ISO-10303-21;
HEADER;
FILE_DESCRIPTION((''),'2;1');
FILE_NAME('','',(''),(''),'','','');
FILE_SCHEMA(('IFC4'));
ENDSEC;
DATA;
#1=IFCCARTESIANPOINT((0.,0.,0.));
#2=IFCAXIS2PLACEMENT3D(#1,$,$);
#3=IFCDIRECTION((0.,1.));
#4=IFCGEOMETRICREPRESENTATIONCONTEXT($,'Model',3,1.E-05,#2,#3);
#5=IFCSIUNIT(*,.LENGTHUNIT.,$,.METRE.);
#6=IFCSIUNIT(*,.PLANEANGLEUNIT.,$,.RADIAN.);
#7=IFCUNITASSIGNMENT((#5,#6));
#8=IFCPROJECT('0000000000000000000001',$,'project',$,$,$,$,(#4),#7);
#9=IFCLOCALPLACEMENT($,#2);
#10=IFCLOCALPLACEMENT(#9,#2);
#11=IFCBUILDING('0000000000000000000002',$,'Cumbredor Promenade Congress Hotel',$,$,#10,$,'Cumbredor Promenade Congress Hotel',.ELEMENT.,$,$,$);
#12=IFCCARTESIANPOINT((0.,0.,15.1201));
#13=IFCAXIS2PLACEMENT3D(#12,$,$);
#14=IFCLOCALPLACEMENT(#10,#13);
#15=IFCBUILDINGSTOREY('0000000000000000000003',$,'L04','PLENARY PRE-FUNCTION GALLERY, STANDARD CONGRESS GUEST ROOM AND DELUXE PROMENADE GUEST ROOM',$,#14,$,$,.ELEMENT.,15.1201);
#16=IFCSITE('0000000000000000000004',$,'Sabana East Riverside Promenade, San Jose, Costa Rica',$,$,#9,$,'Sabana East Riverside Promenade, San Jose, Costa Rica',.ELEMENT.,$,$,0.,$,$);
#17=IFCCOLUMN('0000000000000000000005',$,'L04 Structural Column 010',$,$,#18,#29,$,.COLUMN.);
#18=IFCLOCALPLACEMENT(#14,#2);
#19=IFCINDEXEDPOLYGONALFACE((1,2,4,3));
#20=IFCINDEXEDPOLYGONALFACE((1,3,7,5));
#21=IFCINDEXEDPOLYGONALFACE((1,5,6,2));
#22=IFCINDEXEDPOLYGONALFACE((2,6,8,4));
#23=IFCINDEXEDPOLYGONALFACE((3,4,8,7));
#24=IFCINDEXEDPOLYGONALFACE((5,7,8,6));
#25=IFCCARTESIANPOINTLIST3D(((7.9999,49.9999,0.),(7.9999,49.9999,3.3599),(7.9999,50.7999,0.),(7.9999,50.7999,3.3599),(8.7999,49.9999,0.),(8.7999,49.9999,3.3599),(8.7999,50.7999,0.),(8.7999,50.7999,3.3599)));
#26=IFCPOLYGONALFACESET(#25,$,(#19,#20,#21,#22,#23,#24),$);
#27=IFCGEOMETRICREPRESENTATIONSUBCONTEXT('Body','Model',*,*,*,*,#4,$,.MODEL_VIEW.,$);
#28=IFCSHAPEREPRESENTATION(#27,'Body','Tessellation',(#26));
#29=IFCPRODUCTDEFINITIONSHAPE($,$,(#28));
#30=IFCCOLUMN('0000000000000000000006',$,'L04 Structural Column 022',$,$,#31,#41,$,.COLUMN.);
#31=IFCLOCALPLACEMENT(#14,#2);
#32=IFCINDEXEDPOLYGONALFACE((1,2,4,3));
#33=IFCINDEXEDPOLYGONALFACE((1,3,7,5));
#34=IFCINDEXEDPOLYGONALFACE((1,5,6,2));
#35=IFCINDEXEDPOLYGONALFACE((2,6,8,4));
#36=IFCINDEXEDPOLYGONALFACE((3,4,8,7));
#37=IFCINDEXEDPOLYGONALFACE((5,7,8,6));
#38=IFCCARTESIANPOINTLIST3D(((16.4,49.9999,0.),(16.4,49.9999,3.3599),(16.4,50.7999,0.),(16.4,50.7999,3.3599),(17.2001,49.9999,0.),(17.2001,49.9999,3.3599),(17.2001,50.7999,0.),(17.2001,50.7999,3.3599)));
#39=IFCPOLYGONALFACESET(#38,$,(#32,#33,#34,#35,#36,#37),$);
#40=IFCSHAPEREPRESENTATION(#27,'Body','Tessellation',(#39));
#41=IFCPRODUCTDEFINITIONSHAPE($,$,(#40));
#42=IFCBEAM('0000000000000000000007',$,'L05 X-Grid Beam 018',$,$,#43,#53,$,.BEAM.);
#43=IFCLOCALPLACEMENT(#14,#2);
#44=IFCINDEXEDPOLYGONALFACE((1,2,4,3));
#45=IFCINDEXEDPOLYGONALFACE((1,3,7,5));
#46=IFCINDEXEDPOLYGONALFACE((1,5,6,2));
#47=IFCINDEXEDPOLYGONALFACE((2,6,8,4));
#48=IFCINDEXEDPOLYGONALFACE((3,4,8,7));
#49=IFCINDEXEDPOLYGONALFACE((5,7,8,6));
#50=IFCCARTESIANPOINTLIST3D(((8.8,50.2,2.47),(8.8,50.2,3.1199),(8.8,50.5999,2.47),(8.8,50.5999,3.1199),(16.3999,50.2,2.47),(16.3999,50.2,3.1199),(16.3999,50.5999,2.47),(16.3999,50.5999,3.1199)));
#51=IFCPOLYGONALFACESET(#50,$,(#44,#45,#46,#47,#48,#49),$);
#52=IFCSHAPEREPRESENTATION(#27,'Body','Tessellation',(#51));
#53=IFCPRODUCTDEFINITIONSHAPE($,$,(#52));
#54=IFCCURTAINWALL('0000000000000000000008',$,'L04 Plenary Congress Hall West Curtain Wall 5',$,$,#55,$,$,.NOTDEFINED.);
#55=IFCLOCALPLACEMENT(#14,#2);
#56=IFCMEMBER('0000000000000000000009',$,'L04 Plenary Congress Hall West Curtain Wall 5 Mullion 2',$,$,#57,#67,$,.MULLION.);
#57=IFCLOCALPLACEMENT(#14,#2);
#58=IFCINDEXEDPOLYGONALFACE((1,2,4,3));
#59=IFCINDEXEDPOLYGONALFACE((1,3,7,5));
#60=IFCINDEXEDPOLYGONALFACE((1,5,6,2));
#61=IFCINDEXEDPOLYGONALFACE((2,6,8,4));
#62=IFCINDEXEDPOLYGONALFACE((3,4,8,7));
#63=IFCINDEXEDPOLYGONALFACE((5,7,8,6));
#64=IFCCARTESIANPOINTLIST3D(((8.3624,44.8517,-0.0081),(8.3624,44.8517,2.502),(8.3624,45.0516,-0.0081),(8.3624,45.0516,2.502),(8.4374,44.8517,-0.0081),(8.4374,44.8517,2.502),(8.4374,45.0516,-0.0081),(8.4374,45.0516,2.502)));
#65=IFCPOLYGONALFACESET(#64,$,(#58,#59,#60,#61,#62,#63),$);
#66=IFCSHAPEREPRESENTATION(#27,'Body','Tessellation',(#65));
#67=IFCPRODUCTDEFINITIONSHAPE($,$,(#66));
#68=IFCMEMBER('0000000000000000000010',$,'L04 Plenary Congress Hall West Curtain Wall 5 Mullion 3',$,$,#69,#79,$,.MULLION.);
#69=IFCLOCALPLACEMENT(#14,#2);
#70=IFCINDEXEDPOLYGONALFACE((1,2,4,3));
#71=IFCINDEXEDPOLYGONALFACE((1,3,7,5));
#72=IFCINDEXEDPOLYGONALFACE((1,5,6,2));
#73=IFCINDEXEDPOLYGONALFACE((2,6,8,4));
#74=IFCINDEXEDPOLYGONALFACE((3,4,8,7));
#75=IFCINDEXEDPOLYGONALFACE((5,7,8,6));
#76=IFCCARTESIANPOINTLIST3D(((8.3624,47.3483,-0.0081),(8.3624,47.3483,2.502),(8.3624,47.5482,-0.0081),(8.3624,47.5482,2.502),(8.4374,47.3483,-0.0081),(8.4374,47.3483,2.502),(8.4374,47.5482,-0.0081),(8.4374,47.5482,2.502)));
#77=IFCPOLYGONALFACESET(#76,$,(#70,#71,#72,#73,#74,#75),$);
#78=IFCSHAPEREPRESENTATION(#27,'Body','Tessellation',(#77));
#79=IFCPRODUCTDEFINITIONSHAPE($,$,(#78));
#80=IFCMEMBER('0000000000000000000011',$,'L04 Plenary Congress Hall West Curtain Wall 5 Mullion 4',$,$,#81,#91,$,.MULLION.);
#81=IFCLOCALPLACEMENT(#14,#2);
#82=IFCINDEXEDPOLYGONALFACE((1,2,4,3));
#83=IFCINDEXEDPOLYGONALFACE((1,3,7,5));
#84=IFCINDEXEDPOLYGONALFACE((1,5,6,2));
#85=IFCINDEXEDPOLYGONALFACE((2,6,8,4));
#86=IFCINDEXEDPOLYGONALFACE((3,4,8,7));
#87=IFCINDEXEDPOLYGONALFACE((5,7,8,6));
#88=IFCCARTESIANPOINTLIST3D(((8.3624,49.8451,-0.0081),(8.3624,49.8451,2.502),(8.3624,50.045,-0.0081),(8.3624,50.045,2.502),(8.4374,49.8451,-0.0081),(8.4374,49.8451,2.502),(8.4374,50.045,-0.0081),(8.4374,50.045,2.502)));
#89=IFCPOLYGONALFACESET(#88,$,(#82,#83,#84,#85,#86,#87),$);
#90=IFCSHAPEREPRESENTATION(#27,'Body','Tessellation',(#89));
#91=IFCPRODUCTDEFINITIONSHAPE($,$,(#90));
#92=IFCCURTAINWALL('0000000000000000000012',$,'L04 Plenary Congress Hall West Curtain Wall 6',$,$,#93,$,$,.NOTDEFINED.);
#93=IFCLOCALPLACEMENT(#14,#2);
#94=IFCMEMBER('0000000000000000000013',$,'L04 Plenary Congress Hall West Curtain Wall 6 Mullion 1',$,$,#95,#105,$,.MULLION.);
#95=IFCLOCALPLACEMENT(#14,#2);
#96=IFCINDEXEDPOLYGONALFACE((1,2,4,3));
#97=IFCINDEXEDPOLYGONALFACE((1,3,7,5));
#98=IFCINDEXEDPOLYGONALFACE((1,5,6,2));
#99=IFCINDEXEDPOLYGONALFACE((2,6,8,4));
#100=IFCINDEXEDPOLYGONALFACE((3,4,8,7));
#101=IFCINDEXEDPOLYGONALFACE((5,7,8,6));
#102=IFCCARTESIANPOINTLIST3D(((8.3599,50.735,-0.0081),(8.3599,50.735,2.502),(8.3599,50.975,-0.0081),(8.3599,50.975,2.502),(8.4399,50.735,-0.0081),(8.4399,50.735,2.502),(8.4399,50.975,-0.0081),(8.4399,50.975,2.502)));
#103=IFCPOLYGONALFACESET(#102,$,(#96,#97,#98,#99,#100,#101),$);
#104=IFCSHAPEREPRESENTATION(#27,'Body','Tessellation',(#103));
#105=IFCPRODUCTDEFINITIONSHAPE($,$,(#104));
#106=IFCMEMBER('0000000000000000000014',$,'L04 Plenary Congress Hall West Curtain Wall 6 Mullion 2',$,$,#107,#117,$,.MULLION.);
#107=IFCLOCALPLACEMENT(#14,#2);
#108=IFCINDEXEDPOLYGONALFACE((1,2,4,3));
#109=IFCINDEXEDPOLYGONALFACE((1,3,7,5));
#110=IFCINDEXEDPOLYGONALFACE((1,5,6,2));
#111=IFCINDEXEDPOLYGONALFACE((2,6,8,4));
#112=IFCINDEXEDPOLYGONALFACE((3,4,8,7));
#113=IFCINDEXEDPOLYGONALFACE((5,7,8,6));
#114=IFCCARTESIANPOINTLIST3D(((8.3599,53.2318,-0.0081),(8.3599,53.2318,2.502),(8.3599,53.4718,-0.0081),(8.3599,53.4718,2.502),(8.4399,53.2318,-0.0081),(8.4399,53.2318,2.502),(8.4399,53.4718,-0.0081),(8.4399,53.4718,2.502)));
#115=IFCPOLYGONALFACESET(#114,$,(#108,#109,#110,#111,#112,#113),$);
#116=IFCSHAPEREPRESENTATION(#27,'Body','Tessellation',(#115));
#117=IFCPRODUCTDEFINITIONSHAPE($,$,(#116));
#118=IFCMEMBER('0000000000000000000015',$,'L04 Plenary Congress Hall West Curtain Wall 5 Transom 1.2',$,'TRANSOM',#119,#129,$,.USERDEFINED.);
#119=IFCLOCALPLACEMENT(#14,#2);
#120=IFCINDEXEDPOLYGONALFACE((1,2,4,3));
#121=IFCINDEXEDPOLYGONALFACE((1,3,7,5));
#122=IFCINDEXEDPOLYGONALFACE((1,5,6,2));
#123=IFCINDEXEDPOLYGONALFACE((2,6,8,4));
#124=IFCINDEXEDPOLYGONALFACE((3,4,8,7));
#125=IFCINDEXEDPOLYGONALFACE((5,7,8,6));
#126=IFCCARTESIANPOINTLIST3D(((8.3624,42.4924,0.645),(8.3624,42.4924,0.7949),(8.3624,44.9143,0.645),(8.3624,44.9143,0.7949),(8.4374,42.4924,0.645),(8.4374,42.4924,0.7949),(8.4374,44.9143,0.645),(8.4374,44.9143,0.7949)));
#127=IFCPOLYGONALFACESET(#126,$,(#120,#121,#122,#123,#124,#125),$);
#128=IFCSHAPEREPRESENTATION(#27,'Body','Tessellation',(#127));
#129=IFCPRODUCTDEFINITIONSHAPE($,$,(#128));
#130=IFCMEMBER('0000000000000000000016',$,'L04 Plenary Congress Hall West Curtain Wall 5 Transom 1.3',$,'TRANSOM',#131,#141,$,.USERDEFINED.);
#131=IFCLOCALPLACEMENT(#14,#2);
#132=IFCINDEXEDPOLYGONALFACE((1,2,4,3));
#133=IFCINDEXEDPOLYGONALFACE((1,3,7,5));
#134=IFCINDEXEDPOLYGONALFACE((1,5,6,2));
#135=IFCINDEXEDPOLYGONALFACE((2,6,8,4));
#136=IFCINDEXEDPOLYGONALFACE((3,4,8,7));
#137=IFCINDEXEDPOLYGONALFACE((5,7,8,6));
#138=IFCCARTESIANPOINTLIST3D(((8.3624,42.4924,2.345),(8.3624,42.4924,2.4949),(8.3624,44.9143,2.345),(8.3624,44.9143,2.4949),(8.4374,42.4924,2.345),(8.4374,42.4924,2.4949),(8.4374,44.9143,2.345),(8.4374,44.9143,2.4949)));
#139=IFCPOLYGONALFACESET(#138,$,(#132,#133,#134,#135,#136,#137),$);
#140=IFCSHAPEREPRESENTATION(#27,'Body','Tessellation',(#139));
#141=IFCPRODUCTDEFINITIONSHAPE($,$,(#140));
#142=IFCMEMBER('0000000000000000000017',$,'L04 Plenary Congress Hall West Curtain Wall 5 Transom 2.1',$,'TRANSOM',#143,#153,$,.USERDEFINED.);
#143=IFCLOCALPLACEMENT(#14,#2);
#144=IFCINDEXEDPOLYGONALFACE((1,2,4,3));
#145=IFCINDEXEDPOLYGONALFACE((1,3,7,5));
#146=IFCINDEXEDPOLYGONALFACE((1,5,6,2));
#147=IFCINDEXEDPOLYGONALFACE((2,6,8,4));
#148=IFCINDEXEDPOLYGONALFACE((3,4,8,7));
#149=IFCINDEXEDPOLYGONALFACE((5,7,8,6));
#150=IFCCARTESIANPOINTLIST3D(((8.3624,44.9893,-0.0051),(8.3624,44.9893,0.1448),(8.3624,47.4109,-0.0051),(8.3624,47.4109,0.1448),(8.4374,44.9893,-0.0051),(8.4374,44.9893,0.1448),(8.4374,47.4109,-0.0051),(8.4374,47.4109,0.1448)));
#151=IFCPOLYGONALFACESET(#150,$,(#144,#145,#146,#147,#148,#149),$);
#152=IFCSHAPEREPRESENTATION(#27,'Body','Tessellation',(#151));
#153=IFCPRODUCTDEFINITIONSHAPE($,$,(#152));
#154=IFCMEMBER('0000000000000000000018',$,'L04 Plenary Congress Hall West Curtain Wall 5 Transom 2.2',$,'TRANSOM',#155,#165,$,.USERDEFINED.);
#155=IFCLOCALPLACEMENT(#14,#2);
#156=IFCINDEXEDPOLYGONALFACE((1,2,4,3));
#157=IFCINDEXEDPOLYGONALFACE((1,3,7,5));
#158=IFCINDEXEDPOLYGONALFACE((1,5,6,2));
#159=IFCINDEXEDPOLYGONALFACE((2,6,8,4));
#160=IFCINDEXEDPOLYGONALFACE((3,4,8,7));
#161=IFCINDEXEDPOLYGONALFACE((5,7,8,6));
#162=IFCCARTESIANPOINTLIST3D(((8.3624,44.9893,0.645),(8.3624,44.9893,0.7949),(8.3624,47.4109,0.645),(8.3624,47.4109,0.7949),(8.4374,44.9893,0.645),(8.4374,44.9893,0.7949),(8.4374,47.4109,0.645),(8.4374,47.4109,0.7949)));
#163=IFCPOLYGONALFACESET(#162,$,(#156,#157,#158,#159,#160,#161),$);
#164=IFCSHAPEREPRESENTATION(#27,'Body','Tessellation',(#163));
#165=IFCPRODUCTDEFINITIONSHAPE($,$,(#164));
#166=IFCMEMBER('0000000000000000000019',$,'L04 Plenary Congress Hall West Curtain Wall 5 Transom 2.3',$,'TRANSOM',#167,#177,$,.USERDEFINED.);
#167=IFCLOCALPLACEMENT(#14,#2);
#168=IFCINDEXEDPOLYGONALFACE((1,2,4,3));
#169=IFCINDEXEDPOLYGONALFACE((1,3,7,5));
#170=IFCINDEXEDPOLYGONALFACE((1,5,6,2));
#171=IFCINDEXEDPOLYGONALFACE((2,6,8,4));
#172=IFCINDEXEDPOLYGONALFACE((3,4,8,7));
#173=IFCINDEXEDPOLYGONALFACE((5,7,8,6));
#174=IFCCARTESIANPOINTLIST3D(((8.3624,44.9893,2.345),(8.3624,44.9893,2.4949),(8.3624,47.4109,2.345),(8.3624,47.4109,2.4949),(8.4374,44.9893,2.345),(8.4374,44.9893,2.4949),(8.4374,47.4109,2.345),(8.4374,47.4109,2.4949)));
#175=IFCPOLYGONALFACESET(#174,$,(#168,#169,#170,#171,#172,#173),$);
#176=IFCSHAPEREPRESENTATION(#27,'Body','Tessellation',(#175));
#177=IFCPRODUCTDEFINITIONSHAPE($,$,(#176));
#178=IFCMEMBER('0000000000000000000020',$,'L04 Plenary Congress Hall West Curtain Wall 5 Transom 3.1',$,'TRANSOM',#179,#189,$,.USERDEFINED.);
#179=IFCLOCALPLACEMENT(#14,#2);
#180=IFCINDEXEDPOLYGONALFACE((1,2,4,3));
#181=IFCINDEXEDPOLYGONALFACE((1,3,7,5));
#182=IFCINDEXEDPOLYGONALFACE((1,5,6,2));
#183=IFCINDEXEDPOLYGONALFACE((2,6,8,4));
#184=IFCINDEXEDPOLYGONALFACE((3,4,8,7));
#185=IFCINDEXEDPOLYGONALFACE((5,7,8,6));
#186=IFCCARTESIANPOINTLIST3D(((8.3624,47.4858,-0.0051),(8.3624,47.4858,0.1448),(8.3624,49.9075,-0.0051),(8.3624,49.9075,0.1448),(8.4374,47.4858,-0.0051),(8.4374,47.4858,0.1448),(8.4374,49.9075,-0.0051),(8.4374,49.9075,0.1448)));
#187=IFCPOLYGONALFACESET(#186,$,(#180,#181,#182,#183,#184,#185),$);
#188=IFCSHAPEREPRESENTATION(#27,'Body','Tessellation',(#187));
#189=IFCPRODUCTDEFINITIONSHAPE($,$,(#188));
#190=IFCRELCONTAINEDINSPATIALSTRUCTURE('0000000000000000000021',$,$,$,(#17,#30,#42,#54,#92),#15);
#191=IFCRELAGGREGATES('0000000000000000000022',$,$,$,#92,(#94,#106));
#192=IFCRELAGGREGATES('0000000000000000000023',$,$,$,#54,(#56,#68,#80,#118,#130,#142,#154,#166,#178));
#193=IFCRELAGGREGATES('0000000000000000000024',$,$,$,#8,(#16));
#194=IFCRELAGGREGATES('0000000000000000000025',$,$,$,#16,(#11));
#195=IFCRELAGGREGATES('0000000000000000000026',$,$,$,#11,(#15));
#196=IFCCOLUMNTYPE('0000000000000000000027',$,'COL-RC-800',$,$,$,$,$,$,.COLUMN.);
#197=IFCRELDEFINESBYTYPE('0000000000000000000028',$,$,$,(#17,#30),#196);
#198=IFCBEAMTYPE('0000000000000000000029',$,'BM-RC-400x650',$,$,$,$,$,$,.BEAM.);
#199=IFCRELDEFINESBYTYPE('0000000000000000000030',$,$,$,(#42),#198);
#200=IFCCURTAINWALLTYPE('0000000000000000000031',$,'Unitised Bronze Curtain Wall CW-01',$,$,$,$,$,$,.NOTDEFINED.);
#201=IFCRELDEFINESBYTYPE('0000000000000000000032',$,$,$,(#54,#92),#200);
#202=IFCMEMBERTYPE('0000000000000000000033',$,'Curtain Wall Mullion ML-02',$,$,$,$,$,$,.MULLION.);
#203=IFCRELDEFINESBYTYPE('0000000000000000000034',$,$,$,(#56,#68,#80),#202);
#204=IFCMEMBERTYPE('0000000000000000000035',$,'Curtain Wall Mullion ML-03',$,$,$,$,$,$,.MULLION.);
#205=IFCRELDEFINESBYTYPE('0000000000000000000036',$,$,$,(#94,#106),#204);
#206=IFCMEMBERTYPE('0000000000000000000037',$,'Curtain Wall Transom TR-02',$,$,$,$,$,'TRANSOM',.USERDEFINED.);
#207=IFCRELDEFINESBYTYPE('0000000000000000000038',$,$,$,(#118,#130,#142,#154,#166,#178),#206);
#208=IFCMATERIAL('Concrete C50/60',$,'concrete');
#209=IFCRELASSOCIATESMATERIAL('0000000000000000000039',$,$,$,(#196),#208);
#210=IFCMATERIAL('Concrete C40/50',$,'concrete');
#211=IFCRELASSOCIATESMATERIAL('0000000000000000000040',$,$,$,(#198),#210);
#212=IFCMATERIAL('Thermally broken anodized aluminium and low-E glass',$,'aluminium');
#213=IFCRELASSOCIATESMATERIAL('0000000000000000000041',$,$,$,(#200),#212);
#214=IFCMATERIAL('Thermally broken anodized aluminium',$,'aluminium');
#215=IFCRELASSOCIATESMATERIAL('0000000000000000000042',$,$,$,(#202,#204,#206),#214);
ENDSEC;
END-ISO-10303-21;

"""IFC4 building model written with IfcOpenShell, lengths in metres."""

from ifc_helpers import new_model, si_unit, direction, frame, origin, origin_2d, place, context, subcontext, project, spatial, rectangle, extrude, material, material_profile, profile_set, type_object, element, aggregate, save


model = new_model("IFC4")

# Units and contexts
model_context = context("Model", 3, precision=1e-05, world=origin(), true_north=direction((0.0, 1.0)))
body_context = subcontext(model_context, "Body", "Model", "MODEL_VIEW")
ifc_project = project(units=[si_unit("LENGTHUNIT", "METRE"), si_unit("PLANEANGLEUNIT", "RADIAN")], contexts=[model_context])

# Site, building, storey
site_placement = place(None, origin())
site = spatial("IfcSite", under=ifc_project, at=site_placement, Name="Sabana East Riverside Promenade, San Jose, Costa Rica", LongName="Sabana East Riverside Promenade, San Jose, Costa Rica", CompositionType="ELEMENT", RefElevation=0.0)
building_placement = place(site_placement, origin())
building = spatial("IfcBuilding", under=site, at=building_placement, Name="Cumbredor Promenade Congress Hotel", LongName="Cumbredor Promenade Congress Hotel", CompositionType="ELEMENT")
storey_placement = place(building_placement, frame((0.0, 0.0, 15.1201)))
storey = spatial("IfcBuildingStorey", under=building, at=storey_placement, Name="L04", Description="PLENARY PRE-FUNCTION GALLERY, STANDARD CONGRESS GUEST ROOM AND DELUXE PROMENADE GUEST ROOM", CompositionType="ELEMENT", Elevation=15.1201)

# Columns
ifc_material_1 = material(Name="Concrete C50/60", Category="concrete")
ifc_material_profile_1 = material_profile(ifc_material_1, rectangle(XDim=0.8, YDim=0.8, at=origin_2d()), Name="RC 800x800")
ifc_profile_set_1 = profile_set([ifc_material_profile_1], Name="Concrete C50/60")
column_type = type_object("IfcColumnType", Name="COL-RC-800", PredefinedType="COLUMN", material=ifc_profile_set_1)
for number, where, z_axis, x_axis, name in (
    (1, (8.3999, 50.3999, 0.0), (0.0, 0.0, 1.0), (1.0, 0.0, 0.0), "L04 Structural Column 010"),
    (2, (16.8, 50.3999, 0.0), (0.0, 0.0, 1.0), (1.0, 0.0, 0.0), "L04 Structural Column 022"),
):
    element("IfcColumn", number, at=place(storey_placement, frame(where, z_axis=z_axis, x_axis=x_axis)), inside=storey, type_object=column_type, Name=name, PredefinedType="COLUMN", context=body_context, shape_type="SweptSolid", body=[
        extrude(rectangle(XDim=0.8, YDim=0.8, at=origin_2d()), origin(), (0.0, 0.0, 1.0), 3.3599),
    ])

# Beam
ifc_material_2 = material(Name="Concrete C40/50", Category="concrete")
ifc_material_profile_2 = material_profile(ifc_material_2, rectangle(XDim=0.3999, YDim=0.6499, at=origin_2d()), Name="RC BEAM 400x650")
ifc_profile_set_2 = profile_set([ifc_material_profile_2], Name="Concrete C40/50")
beam_type_1 = type_object("IfcBeamType", Name="BM-RC-400x650", PredefinedType="BEAM", material=ifc_profile_set_2)
beam_placement = place(storey_placement, frame((8.8, 50.3999, 2.7949), z_axis=(1.0, 0.0, 0.0), x_axis=(0.0, 1.0, 0.0)))
element("IfcBeam", 3, at=beam_placement, inside=storey, type_object=beam_type_1, Name="L05 X-Grid Beam 018", PredefinedType="BEAM", context=body_context, shape_type="SweptSolid", body=[
    extrude(rectangle(XDim=0.3999, YDim=0.6499, at=origin_2d()), origin(), (0.0, 0.0, 1.0), 7.5999),
])

# Curtain walls, members
ifc_material_3 = material(Name="Thermally broken anodized aluminium and low-E glass", Category="aluminium")
curtain_wall_type = type_object("IfcCurtainWallType", Name="Unitised Bronze Curtain Wall CW-01", PredefinedType="NOTDEFINED", material=ifc_material_3)
curtain_wall_1_placement = place(storey_placement, origin())
curtain_wall_1 = element("IfcCurtainWall", 4, at=curtain_wall_1_placement, inside=storey, type_object=curtain_wall_type, Name="L04 Plenary Congress Hall West Curtain Wall 5", PredefinedType="NOTDEFINED")
ifc_material_4 = material(Name="Thermally broken anodized aluminium", Category="aluminium")
ifc_material_profile_3 = material_profile(ifc_material_4, rectangle(XDim=0.075, YDim=0.2, at=origin_2d()), Name="ALU MULLION 75x200")
ifc_profile_set_3 = profile_set([ifc_material_profile_3], Name="Thermally broken anodized aluminium")
member_type_1 = type_object("IfcMemberType", Name="Curtain Wall Mullion ML-02", PredefinedType="MULLION", material=ifc_profile_set_3)
member_1_placement = place(storey_placement, frame((8.3999, 44.9517, -0.0081), z_axis=(0.0, 0.0, 1.0), x_axis=(1.0, 0.0, 0.0)))
member_1 = element("IfcMember", 5, at=member_1_placement, type_object=member_type_1, Name="L04 Plenary Congress Hall West Curtain Wall 5 Mullion 2", PredefinedType="MULLION", context=body_context, shape_type="SweptSolid", body=[
    extrude(rectangle(XDim=0.075, YDim=0.2, at=origin_2d()), origin(), (0.0, 0.0, 1.0), 2.51),
])
member_2_placement = place(storey_placement, frame((8.3999, 47.4482, -0.0081), z_axis=(0.0, 0.0, 1.0), x_axis=(1.0, 0.0, 0.0)))
member_2 = element("IfcMember", 6, at=member_2_placement, type_object=member_type_1, Name="L04 Plenary Congress Hall West Curtain Wall 5 Mullion 3", PredefinedType="MULLION", context=body_context, shape_type="SweptSolid", body=[
    extrude(rectangle(XDim=0.075, YDim=0.2, at=origin_2d()), origin(), (0.0, 0.0, 1.0), 2.51),
])
member_3_placement = place(storey_placement, frame((8.3999, 49.9451, -0.0081), z_axis=(0.0, 0.0, 1.0), x_axis=(1.0, 0.0, 0.0)))
member_3 = element("IfcMember", 7, at=member_3_placement, type_object=member_type_1, Name="L04 Plenary Congress Hall West Curtain Wall 5 Mullion 4", PredefinedType="MULLION", context=body_context, shape_type="SweptSolid", body=[
    extrude(rectangle(XDim=0.075, YDim=0.2, at=origin_2d()), origin(), (0.0, 0.0, 1.0), 2.51),
])
curtain_wall_2_placement = place(storey_placement, origin())
curtain_wall_2 = element("IfcCurtainWall", 8, at=curtain_wall_2_placement, inside=storey, type_object=curtain_wall_type, Name="L04 Plenary Congress Hall West Curtain Wall 6", PredefinedType="NOTDEFINED")
ifc_material_profile_4 = material_profile(ifc_material_4, rectangle(XDim=0.0801, YDim=0.24, at=origin_2d()), Name="ALU MULLION 80x240")
ifc_profile_set_4 = profile_set([ifc_material_profile_4], Name="Thermally broken anodized aluminium")
member_type_2 = type_object("IfcMemberType", Name="Curtain Wall Mullion ML-03", PredefinedType="MULLION", material=ifc_profile_set_4)
member_4_placement = place(storey_placement, frame((8.3999, 50.855, -0.0081), z_axis=(0.0, 0.0, 1.0), x_axis=(1.0, 0.0, 0.0)))
member_4 = element("IfcMember", 9, at=member_4_placement, type_object=member_type_2, Name="L04 Plenary Congress Hall West Curtain Wall 6 Mullion 1", PredefinedType="MULLION", context=body_context, shape_type="SweptSolid", body=[
    extrude(rectangle(XDim=0.0801, YDim=0.24, at=origin_2d()), origin(), (0.0, 0.0, 1.0), 2.51),
])
member_5_placement = place(storey_placement, frame((8.3999, 53.3518, -0.0081), z_axis=(0.0, 0.0, 1.0), x_axis=(1.0, 0.0, 0.0)))
member_5 = element("IfcMember", 10, at=member_5_placement, type_object=member_type_2, Name="L04 Plenary Congress Hall West Curtain Wall 6 Mullion 2", PredefinedType="MULLION", context=body_context, shape_type="SweptSolid", body=[
    extrude(rectangle(XDim=0.0801, YDim=0.24, at=origin_2d()), origin(), (0.0, 0.0, 1.0), 2.51),
])

# Members
ifc_material_profile_5 = material_profile(ifc_material_4, rectangle(XDim=0.075, YDim=0.1499, at=origin_2d()), Name="ALU TRANSOM 75x150")
ifc_profile_set_5 = profile_set([ifc_material_profile_5], Name="Thermally broken anodized aluminium")
member_type_3 = type_object("IfcMemberType", Name="Curtain Wall Transom TR-02", ElementType="TRANSOM", PredefinedType="USERDEFINED", material=ifc_profile_set_5)
member_6_placement = place(storey_placement, frame((8.3999, 42.4924, 0.72), z_axis=(0.0, 1.0, 0.0), x_axis=(-1.0, 0.0, 0.0)))
member_6 = element("IfcMember", 11, at=member_6_placement, type_object=member_type_3, Name="L04 Plenary Congress Hall West Curtain Wall 5 Transom 1.2", ObjectType="TRANSOM", PredefinedType="USERDEFINED", context=body_context, shape_type="SweptSolid", body=[
    extrude(rectangle(XDim=0.075, YDim=0.1499, at=origin_2d()), origin(), (0.0, 0.0, 1.0), 2.4219),
])
member_7_placement = place(storey_placement, frame((8.3999, 42.4924, 2.4199), z_axis=(0.0, 1.0, 0.0), x_axis=(-1.0, 0.0, 0.0)))
member_7 = element("IfcMember", 12, at=member_7_placement, type_object=member_type_3, Name="L04 Plenary Congress Hall West Curtain Wall 5 Transom 1.3", ObjectType="TRANSOM", PredefinedType="USERDEFINED", context=body_context, shape_type="SweptSolid", body=[
    extrude(rectangle(XDim=0.075, YDim=0.1499, at=origin_2d()), origin(), (0.0, 0.0, 1.0), 2.4219),
])
member_8_placement = place(storey_placement, frame((8.3999, 44.9893, 0.0698), z_axis=(0.0, 1.0, 0.0), x_axis=(-1.0, 0.0, 0.0)))
member_8 = element("IfcMember", 13, at=member_8_placement, type_object=member_type_3, Name="L04 Plenary Congress Hall West Curtain Wall 5 Transom 2.1", ObjectType="TRANSOM", PredefinedType="USERDEFINED", context=body_context, shape_type="SweptSolid", body=[
    extrude(rectangle(XDim=0.075, YDim=0.1499, at=origin_2d()), origin(), (0.0, 0.0, 1.0), 2.4216),
])
member_9_placement = place(storey_placement, frame((8.3999, 44.9893, 0.72), z_axis=(0.0, 1.0, 0.0), x_axis=(-1.0, 0.0, 0.0)))
member_9 = element("IfcMember", 14, at=member_9_placement, type_object=member_type_3, Name="L04 Plenary Congress Hall West Curtain Wall 5 Transom 2.2", ObjectType="TRANSOM", PredefinedType="USERDEFINED", context=body_context, shape_type="SweptSolid", body=[
    extrude(rectangle(XDim=0.075, YDim=0.1499, at=origin_2d()), origin(), (0.0, 0.0, 1.0), 2.4216),
])
member_10_placement = place(storey_placement, frame((8.3999, 44.9893, 2.4199), z_axis=(0.0, 1.0, 0.0), x_axis=(-1.0, 0.0, 0.0)))
member_10 = element("IfcMember", 15, at=member_10_placement, type_object=member_type_3, Name="L04 Plenary Congress Hall West Curtain Wall 5 Transom 2.3", ObjectType="TRANSOM", PredefinedType="USERDEFINED", context=body_context, shape_type="SweptSolid", body=[
    extrude(rectangle(XDim=0.075, YDim=0.1499, at=origin_2d()), origin(), (0.0, 0.0, 1.0), 2.4216),
])
member_11_placement = place(storey_placement, frame((8.3999, 47.4858, 0.0698), z_axis=(0.0, 1.0, 0.0), x_axis=(-1.0, 0.0, 0.0)))
member_11 = element("IfcMember", 16, at=member_11_placement, type_object=member_type_3, Name="L04 Plenary Congress Hall West Curtain Wall 5 Transom 3.1", ObjectType="TRANSOM", PredefinedType="USERDEFINED", context=body_context, shape_type="SweptSolid", body=[
    extrude(rectangle(XDim=0.075, YDim=0.1499, at=origin_2d()), origin(), (0.0, 0.0, 1.0), 2.4216),
])

aggregate(curtain_wall_2, [member_4, member_5])
aggregate(curtain_wall_1, [member_1, member_2, member_3, member_6, member_7, member_8, member_9, member_10, member_11])

save(model, "model.ifc")
